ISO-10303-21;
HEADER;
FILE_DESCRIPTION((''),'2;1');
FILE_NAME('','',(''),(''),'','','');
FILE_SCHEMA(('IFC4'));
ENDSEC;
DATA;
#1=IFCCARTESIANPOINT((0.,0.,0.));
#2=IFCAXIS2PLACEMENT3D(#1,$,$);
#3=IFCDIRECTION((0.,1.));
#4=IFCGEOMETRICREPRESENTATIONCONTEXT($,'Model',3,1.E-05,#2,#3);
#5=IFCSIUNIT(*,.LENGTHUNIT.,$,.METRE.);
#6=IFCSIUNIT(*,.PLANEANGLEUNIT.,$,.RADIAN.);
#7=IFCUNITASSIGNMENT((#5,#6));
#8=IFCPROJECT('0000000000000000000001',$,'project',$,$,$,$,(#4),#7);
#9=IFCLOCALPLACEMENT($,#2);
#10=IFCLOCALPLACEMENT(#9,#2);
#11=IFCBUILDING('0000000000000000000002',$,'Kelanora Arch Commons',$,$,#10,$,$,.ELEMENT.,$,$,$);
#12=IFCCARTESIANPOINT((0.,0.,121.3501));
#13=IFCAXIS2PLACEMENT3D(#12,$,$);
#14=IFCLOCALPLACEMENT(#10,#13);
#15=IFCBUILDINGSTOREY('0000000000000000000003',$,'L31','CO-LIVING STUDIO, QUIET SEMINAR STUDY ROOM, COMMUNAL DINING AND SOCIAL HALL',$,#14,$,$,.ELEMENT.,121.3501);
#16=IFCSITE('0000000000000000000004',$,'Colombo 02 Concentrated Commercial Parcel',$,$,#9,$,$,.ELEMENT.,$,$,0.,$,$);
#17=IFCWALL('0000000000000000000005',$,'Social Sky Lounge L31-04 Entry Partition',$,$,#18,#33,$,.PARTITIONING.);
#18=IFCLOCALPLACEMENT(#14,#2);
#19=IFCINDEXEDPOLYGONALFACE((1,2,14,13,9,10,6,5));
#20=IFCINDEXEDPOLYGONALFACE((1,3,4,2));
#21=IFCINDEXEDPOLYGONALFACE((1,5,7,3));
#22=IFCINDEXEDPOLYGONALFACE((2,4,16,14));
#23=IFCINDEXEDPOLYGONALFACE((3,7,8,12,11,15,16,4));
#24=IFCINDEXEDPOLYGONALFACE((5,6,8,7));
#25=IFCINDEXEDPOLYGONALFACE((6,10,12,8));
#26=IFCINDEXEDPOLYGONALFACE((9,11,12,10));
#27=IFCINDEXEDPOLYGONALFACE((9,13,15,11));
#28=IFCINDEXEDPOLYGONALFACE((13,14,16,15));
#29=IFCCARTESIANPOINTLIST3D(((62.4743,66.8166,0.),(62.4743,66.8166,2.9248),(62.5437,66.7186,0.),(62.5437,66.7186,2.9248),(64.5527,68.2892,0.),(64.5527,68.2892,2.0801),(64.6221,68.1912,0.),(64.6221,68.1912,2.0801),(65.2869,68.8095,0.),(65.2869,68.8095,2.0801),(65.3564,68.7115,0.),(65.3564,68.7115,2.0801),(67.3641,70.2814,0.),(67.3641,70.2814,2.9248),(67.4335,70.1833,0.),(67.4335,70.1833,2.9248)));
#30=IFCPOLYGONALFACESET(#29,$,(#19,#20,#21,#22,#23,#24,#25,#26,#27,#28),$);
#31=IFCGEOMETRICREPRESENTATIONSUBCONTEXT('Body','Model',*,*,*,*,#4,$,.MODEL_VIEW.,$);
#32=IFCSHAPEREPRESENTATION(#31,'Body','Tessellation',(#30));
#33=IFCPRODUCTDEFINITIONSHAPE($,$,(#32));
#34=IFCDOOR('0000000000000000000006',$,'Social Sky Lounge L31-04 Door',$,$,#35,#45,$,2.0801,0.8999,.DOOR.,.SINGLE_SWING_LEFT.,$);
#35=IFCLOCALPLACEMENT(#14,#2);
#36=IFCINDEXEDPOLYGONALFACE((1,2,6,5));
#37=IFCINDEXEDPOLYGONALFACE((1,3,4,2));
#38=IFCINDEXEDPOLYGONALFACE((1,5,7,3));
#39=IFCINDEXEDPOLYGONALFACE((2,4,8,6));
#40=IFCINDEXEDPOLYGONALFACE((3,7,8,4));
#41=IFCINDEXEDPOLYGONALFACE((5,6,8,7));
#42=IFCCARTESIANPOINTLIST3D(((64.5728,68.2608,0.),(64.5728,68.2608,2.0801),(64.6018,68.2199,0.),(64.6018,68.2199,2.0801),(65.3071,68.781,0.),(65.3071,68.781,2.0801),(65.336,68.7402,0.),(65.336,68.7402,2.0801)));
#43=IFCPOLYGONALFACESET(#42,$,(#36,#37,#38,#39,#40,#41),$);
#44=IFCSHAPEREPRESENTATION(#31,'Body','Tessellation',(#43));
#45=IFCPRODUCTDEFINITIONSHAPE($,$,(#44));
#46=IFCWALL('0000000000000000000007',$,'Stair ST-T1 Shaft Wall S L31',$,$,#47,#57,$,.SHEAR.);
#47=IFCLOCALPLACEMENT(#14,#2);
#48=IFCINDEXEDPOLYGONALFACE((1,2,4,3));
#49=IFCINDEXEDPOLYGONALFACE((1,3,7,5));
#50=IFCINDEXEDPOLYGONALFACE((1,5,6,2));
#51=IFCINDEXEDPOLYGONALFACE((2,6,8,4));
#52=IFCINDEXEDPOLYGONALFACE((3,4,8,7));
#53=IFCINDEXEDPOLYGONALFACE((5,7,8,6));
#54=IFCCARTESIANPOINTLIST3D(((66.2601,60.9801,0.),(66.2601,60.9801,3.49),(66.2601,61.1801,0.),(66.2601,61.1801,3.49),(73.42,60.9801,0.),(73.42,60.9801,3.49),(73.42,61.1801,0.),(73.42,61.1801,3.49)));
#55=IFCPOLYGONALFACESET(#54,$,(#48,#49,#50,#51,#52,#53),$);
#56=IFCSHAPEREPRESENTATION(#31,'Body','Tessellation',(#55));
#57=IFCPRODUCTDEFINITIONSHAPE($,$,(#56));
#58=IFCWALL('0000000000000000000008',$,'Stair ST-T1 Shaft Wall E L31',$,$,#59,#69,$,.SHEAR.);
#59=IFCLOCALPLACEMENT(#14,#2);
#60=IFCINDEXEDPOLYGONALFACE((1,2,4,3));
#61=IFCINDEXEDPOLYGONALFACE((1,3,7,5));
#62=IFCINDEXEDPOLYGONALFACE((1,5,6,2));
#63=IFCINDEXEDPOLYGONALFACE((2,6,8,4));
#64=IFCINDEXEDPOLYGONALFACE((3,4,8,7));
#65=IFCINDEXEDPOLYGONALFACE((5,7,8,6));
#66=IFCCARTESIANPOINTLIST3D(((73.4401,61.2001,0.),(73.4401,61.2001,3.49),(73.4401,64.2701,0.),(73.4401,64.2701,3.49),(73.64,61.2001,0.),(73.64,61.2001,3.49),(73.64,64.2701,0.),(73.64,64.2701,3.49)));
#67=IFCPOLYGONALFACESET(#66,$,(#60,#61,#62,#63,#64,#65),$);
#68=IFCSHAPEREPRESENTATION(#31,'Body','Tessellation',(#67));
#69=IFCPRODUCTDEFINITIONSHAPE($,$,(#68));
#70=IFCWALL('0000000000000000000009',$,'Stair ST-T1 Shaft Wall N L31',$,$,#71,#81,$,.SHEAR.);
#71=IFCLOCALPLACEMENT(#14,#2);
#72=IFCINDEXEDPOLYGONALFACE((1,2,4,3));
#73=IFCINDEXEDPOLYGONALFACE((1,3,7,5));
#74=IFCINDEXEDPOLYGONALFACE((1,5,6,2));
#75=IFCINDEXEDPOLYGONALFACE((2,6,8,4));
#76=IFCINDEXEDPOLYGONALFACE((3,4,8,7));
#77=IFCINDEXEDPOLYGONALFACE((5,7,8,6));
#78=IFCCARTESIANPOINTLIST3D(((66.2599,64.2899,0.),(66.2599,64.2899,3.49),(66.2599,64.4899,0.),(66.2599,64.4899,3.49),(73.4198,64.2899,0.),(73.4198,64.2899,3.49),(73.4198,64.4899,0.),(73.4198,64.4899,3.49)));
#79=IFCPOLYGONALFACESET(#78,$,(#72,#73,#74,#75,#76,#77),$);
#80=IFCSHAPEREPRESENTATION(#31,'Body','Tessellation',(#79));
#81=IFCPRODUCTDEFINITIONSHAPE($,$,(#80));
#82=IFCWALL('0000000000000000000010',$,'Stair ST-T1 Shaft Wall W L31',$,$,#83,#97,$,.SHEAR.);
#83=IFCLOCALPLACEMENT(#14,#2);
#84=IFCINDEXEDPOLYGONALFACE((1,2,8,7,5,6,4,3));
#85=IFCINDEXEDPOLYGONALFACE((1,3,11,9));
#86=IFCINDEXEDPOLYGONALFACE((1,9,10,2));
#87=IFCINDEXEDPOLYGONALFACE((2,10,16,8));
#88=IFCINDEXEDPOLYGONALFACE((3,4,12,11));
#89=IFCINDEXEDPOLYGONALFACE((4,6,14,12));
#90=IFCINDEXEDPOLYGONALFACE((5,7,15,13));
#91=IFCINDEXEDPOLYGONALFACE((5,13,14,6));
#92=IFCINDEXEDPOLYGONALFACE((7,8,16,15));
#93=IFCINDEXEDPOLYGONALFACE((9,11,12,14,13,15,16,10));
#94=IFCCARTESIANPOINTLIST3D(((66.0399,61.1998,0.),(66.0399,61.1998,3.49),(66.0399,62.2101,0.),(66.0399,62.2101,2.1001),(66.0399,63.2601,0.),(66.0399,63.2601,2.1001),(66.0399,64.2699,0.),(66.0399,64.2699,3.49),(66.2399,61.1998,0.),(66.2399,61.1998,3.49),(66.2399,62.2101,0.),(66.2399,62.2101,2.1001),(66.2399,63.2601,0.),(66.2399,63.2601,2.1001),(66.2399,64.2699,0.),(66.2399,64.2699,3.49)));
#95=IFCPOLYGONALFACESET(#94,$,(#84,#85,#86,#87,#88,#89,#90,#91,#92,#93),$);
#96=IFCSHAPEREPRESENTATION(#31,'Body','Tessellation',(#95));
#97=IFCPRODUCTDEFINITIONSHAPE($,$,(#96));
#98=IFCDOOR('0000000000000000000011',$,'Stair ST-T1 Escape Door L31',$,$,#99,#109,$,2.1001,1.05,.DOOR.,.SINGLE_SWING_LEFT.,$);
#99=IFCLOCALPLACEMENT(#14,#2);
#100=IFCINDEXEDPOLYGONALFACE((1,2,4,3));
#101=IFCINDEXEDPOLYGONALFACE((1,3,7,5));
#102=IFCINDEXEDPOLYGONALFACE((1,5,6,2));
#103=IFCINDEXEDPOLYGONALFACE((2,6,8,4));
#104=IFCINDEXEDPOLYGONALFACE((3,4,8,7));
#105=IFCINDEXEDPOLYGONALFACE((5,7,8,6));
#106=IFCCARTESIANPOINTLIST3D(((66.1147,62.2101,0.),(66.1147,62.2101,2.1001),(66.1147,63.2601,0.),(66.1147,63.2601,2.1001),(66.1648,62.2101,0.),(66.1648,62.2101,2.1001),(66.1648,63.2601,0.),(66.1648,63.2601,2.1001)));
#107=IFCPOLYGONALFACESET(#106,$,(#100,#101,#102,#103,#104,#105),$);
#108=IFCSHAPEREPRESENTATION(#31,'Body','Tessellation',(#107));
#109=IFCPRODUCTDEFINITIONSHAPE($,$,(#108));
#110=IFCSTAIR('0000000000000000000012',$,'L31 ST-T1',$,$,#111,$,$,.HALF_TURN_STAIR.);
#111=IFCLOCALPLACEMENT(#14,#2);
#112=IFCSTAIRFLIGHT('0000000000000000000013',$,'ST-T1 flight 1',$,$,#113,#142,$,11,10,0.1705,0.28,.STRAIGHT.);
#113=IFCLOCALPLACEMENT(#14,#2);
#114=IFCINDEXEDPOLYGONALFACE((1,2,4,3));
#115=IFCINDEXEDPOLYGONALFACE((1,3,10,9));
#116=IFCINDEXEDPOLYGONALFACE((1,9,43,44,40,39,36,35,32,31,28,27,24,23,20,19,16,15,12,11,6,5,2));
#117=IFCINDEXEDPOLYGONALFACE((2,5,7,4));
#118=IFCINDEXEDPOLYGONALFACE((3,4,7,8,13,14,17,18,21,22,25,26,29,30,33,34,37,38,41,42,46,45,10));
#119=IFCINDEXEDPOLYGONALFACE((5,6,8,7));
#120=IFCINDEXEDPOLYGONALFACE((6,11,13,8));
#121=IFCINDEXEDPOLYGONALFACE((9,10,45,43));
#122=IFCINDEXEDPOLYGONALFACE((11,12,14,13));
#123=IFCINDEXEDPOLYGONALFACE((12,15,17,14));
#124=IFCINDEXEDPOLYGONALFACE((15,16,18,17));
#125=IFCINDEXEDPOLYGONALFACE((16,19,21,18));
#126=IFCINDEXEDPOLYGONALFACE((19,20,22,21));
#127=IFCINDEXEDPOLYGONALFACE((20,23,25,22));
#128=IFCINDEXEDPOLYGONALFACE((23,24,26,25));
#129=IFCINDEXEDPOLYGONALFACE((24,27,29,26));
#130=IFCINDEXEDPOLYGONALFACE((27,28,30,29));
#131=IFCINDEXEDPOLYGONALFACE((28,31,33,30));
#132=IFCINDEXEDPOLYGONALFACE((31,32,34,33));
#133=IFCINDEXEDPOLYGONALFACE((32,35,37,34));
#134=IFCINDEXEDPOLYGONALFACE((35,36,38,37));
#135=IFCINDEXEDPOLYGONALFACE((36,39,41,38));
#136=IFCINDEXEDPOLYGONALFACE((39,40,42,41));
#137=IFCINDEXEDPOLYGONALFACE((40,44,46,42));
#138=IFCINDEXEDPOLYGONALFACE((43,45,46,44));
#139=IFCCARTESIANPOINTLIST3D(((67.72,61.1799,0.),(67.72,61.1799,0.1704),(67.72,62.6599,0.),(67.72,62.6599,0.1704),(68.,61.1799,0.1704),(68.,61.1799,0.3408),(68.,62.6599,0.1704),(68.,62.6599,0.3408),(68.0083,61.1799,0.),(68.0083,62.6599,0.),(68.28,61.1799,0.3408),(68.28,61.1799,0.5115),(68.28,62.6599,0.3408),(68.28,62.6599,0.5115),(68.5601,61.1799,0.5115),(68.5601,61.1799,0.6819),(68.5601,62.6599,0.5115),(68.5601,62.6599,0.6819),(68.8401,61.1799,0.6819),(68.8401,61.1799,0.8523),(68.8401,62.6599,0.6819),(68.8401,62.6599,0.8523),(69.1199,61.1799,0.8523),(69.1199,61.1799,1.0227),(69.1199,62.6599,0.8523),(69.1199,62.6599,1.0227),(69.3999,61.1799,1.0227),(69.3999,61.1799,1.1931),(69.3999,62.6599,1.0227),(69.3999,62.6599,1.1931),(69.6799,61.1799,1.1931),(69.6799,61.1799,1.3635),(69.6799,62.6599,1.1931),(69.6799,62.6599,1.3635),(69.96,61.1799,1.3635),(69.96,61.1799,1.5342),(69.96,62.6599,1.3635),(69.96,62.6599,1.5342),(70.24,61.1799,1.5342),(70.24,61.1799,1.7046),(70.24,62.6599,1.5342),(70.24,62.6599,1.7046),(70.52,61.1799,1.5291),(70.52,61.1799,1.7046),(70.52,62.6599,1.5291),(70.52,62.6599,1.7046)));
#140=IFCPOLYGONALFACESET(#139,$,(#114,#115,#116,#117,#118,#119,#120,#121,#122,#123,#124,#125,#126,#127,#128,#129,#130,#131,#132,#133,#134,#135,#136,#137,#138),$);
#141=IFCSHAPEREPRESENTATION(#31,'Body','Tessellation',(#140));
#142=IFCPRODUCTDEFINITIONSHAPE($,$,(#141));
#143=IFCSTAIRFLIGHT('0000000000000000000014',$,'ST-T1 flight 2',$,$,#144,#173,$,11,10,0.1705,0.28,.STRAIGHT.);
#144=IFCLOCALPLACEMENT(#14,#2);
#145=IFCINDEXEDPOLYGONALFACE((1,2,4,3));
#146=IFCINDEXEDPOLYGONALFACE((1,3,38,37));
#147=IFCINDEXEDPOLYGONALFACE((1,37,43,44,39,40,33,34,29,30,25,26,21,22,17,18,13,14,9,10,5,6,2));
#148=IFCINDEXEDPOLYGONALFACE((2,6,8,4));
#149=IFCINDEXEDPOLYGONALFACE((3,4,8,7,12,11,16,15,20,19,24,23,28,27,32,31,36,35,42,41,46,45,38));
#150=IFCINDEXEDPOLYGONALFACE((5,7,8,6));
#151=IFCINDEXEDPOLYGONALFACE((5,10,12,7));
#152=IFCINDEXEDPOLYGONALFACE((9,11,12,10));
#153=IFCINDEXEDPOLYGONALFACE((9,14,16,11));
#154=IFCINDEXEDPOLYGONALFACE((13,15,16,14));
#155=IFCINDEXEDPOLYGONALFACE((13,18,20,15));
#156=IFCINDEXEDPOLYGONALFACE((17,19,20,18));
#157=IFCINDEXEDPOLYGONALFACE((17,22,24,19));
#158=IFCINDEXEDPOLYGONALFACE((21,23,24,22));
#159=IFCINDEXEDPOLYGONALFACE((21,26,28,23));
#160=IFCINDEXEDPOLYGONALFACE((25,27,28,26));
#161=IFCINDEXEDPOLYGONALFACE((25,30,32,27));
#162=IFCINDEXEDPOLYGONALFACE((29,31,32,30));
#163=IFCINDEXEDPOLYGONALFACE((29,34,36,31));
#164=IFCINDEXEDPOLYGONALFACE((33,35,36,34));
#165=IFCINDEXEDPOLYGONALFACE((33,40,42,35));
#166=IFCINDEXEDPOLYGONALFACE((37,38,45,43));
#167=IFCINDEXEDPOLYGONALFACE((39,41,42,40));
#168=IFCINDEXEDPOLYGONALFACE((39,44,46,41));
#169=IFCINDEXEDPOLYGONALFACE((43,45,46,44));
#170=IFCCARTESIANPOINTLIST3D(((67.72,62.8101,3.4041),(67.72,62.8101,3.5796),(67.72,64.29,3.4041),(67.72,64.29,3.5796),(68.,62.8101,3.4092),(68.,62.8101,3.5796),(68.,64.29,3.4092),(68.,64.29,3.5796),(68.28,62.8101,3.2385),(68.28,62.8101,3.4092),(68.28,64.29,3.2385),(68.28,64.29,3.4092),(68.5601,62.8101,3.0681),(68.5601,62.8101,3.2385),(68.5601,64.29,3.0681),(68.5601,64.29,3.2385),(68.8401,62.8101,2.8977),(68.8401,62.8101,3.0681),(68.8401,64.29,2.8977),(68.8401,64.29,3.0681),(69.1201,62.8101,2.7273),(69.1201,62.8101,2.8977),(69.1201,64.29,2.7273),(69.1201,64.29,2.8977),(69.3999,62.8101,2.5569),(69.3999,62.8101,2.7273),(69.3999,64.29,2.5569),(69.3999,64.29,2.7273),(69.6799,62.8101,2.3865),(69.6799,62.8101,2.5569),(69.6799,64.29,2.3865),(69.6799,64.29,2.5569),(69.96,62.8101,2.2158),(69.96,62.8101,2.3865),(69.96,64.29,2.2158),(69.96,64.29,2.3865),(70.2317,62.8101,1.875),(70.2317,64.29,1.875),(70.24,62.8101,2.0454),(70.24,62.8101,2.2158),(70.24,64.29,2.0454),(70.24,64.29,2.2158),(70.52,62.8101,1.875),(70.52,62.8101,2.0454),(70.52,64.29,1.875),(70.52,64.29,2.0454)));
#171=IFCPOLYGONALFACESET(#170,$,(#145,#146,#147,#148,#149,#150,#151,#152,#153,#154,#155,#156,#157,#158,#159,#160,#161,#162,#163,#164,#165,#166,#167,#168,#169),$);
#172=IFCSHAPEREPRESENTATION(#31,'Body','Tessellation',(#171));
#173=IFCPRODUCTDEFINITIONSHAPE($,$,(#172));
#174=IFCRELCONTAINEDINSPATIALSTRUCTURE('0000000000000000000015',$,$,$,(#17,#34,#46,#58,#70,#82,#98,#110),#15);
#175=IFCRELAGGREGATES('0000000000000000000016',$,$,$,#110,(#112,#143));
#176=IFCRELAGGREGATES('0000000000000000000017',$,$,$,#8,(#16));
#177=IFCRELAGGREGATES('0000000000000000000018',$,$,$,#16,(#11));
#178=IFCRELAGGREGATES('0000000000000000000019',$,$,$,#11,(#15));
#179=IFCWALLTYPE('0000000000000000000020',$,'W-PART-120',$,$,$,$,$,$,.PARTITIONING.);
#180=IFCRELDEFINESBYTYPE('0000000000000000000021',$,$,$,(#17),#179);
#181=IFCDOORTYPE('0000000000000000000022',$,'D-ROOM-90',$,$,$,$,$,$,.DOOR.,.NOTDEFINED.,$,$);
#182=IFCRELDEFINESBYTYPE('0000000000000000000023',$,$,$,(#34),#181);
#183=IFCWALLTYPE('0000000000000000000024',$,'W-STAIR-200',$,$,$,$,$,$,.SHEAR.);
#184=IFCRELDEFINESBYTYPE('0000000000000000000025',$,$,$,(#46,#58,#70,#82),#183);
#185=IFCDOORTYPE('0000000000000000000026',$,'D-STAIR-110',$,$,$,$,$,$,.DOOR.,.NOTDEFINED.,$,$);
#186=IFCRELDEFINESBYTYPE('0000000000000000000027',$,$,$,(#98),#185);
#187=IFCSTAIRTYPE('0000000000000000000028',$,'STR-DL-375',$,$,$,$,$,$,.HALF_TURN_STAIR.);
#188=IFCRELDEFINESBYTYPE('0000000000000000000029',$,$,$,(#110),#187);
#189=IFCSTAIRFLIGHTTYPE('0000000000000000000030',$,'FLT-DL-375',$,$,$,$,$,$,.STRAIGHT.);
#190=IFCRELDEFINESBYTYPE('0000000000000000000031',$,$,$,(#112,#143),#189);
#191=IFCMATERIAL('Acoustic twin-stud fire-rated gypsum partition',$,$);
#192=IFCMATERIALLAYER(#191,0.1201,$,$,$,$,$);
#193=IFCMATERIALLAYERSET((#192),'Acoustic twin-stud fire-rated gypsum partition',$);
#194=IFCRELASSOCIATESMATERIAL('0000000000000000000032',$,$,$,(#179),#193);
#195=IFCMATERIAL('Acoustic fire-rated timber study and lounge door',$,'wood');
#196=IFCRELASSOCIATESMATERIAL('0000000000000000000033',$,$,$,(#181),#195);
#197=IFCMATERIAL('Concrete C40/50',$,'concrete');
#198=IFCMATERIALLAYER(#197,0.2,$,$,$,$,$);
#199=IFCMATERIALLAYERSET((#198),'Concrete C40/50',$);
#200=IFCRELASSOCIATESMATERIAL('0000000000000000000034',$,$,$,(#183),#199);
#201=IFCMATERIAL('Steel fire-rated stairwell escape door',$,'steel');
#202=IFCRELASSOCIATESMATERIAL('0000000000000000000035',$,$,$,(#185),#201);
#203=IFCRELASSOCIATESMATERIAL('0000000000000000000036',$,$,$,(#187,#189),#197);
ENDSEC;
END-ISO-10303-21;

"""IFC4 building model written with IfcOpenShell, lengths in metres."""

from ifc_helpers import new_model, si_unit, direction, frame, frame_2d, origin, place, context, subcontext, project, spatial, polyline, rectangle, outline, extrude, material, layer, layer_set, type_object, element, fill, aggregate, save


model = new_model("IFC4")

# Units and contexts
model_context = context("Model", 3, precision=1e-05, world=origin(), true_north=direction((0.0, 1.0)))
body_context = subcontext(model_context, "Body", "Model", "MODEL_VIEW")
ifc_project = project(units=[si_unit("LENGTHUNIT", "METRE"), si_unit("PLANEANGLEUNIT", "RADIAN")], contexts=[model_context])

# Site, building, storey
site_placement = place(None, origin())
site = spatial("IfcSite", under=ifc_project, at=site_placement, Name="Colombo 02 Concentrated Commercial Parcel", CompositionType="ELEMENT", RefElevation=0.0)
building_placement = place(site_placement, origin())
building = spatial("IfcBuilding", under=site, at=building_placement, Name="Kelanora Arch Commons", CompositionType="ELEMENT")
storey_placement = place(building_placement, frame((0.0, 0.0, 121.3501)))
storey = spatial("IfcBuildingStorey", under=building, at=storey_placement, Name="L31", Description="CO-LIVING STUDIO, QUIET SEMINAR STUDY ROOM, COMMUNAL DINING AND SOCIAL HALL", CompositionType="ELEMENT", Elevation=121.3501)

# Shared definitions
ifc_material_1 = material(Name="Concrete C40/50", Category="concrete")

# Wall, opening, door
ifc_material_2 = material(Name="Acoustic twin-stud fire-rated gypsum partition")
ifc_layer_1 = layer(ifc_material_2, 0.1201)
ifc_layer_set_1 = layer_set([ifc_layer_1], Name="Acoustic twin-stud fire-rated gypsum partition")
wall_type_1 = type_object("IfcWallType", Name="W-PART-120", PredefinedType="PARTITIONING", material=ifc_layer_set_1)
wall_1_placement = place(storey_placement, frame((67.3989, 70.2324, 0.0), z_axis=(0.0, 0.0, 1.0), x_axis=(-0.815932, -0.578147, 0.0)))
wall_1 = element("IfcWall", 1, at=wall_1_placement, inside=storey, type_object=wall_type_1, Name="Social Sky Lounge L31-04 Entry Partition", PredefinedType="PARTITIONING", context=body_context, shape_type="SweptSolid", body=[
    extrude(rectangle(XDim=5.9929, YDim=0.1201, at=frame_2d((2.9966, 0.0))), origin(), (0.0, 0.0, 1.0), 2.9248),
])
opening_1_placement = place(wall_1_placement, frame((2.5459, 0.0, 0.0)))
opening_1 = element("IfcOpeningElement", 2, at=opening_1_placement, cuts=wall_1, PredefinedType="OPENING", context=body_context, shape_type="SweptSolid", body=[
    extrude(rectangle(XDim=0.8999, YDim=2.0801, at=frame_2d((0.45, 1.04))), frame((0.0, 0.0701, 0.0), z_axis=(0.0, -1.0, 0.0), x_axis=(1.0, 0.0, 0.0)), (0.0, 0.0, 1.0), 0.1401),
])
ifc_material_3 = material(Name="Acoustic fire-rated timber study and lounge door", Category="wood")
door_type_1 = type_object("IfcDoorType", Name="D-ROOM-90", OperationType="NOTDEFINED", PredefinedType="DOOR", material=ifc_material_3)
door_1_placement = place(opening_1_placement, origin())
door_1 = element("IfcDoor", 3, at=door_1_placement, inside=storey, type_object=door_type_1, Name="Social Sky Lounge L31-04 Door", OperationType="SINGLE_SWING_LEFT", OverallHeight=2.0801, OverallWidth=0.8999, PredefinedType="DOOR", context=body_context, shape_type="SweptSolid", body=[
    extrude(rectangle(XDim=0.8999, YDim=2.0801, at=frame_2d((0.45, 1.04))), frame((0.0, 0.0249, 0.0), z_axis=(0.0, -1.0, 0.0), x_axis=(1.0, 0.0, 0.0)), (0.0, 0.0, 1.0), 0.05),
])
fill(opening_1, door_1)

# Walls
ifc_layer_2 = layer(ifc_material_1, 0.2)
ifc_layer_set_2 = layer_set([ifc_layer_2], Name="Concrete C40/50")
wall_type_2 = type_object("IfcWallType", Name="W-STAIR-200", PredefinedType="SHEAR", material=ifc_layer_set_2)
wall_2_placement = place(storey_placement, frame((66.26, 61.0801, 0.0), z_axis=(0.0, 0.0, 1.0), x_axis=(1.0, 0.0, 0.0)))
element("IfcWall", 4, at=wall_2_placement, inside=storey, type_object=wall_type_2, Name="Stair ST-T1 Shaft Wall S L31", PredefinedType="SHEAR", context=body_context, shape_type="SweptSolid", body=[
    extrude(rectangle(XDim=7.1599, YDim=0.2, at=frame_2d((3.5801, 0.0))), origin(), (0.0, 0.0, 1.0), 3.49),
])
wall_3_placement = place(storey_placement, frame((73.54, 61.2, 0.0), z_axis=(0.0, 0.0, 1.0), x_axis=(0.0, 1.0, 0.0)))
element("IfcWall", 5, at=wall_3_placement, inside=storey, type_object=wall_type_2, Name="Stair ST-T1 Shaft Wall E L31", PredefinedType="SHEAR", context=body_context, shape_type="SweptSolid", body=[
    extrude(rectangle(XDim=3.0701, YDim=0.2, at=frame_2d((1.5352, 0.0))), origin(), (0.0, 0.0, 1.0), 3.49),
])
wall_4_placement = place(storey_placement, frame((73.4199, 64.3899, 0.0), z_axis=(0.0, 0.0, 1.0), x_axis=(-1.0, 0.0, 0.0)))
element("IfcWall", 6, at=wall_4_placement, inside=storey, type_object=wall_type_2, Name="Stair ST-T1 Shaft Wall N L31", PredefinedType="SHEAR", context=body_context, shape_type="SweptSolid", body=[
    extrude(rectangle(XDim=7.1599, YDim=0.2, at=frame_2d((3.5801, 0.0))), origin(), (0.0, 0.0, 1.0), 3.49),
])

# Wall, opening, door
wall_5_placement = place(storey_placement, frame((66.1399, 64.27, 0.0), z_axis=(0.0, 0.0, 1.0), x_axis=(0.0, -1.0, 0.0)))
wall_5 = element("IfcWall", 7, at=wall_5_placement, inside=storey, type_object=wall_type_2, Name="Stair ST-T1 Shaft Wall W L31", PredefinedType="SHEAR", context=body_context, shape_type="SweptSolid", body=[
    extrude(rectangle(XDim=3.0701, YDim=0.2, at=frame_2d((1.5352, 0.0))), origin(), (0.0, 0.0, 1.0), 3.49),
])
opening_2_placement = place(wall_5_placement, frame((1.01, 0.0, 0.0)))
opening_2 = element("IfcOpeningElement", 8, at=opening_2_placement, cuts=wall_5, PredefinedType="OPENING", context=body_context, shape_type="SweptSolid", body=[
    extrude(rectangle(XDim=1.05, YDim=2.1001, at=frame_2d((0.5249, 1.05))), frame((0.0, 0.1099, 0.0), z_axis=(0.0, -1.0, 0.0), x_axis=(1.0, 0.0, 0.0)), (0.0, 0.0, 1.0), 0.22),
])
ifc_material_4 = material(Name="Steel fire-rated stairwell escape door", Category="steel")
door_type_2 = type_object("IfcDoorType", Name="D-STAIR-110", OperationType="NOTDEFINED", PredefinedType="DOOR", material=ifc_material_4)
door_2_placement = place(opening_2_placement, origin())
door_2 = element("IfcDoor", 9, at=door_2_placement, inside=storey, type_object=door_type_2, Name="Stair ST-T1 Escape Door L31", OperationType="SINGLE_SWING_LEFT", OverallHeight=2.1001, OverallWidth=1.05, PredefinedType="DOOR", context=body_context, shape_type="SweptSolid", body=[
    extrude(rectangle(XDim=1.05, YDim=2.1001, at=frame_2d((0.5249, 1.05))), frame((0.0, 0.0249, 0.0), z_axis=(0.0, -1.0, 0.0), x_axis=(1.0, 0.0, 0.0)), (0.0, 0.0, 1.0), 0.05),
])
fill(opening_2, door_2)

# Stair, stair flights
stair_type = type_object("IfcStairType", Name="STR-DL-375", PredefinedType="HALF_TURN_STAIR", material=ifc_material_1)
stair_placement = place(storey_placement, origin())
stair = element("IfcStair", 10, at=stair_placement, inside=storey, type_object=stair_type, Name="L31 ST-T1", PredefinedType="HALF_TURN_STAIR")
stair_flight_type = type_object("IfcStairFlightType", Name="FLT-DL-375", PredefinedType="STRAIGHT", material=ifc_material_1)
stair_flight_1_placement = place(storey_placement, frame((67.72, 61.9199, 0.0), z_axis=(0.0, 0.0, 1.0), x_axis=(1.0, 0.0, 0.0)))
stair_flight_1 = element("IfcStairFlight", 11, at=stair_flight_1_placement, type_object=stair_flight_type, Name="ST-T1 flight 1", NumberOfRisers=11, NumberOfTreads=10, PredefinedType="STRAIGHT", RiserHeight=0.1705, TreadLength=0.28, context=body_context, shape_type="SweptSolid", body=[
    extrude(outline(polyline([(0.0, 0.0), (0.0, 0.1704), (0.28, 0.1704), (0.28, 0.3408), (0.5601, 0.3408), (0.5601, 0.5115), (0.8401, 0.5115), (0.8401, 0.6819), (1.1201, 0.6819), (1.1201, 0.8523), (1.3999, 0.8523), (1.3999, 1.0227), (1.6799, 1.0227), (1.6799, 1.1931), (1.96, 1.1931), (1.96, 1.3635), (2.24, 1.3635), (2.24, 1.5342), (2.52, 1.5342), (2.52, 1.7046), (2.8, 1.7046), (2.8, 1.875), (2.8, 1.5291), (0.2883, 0.0), (0.0, 0.0)])), frame((0.0, 0.74, 0.0), z_axis=(0.0, -1.0, 0.0), x_axis=(1.0, 0.0, 0.0)), (0.0, 0.0, 1.0), 1.48),
])
stair_flight_2_placement = place(storey_placement, frame((70.52, 63.55, 1.875), z_axis=(0.0, 0.0, 1.0), x_axis=(-1.0, 0.0, 0.0)))
stair_flight_2 = element("IfcStairFlight", 12, at=stair_flight_2_placement, type_object=stair_flight_type, Name="ST-T1 flight 2", NumberOfRisers=11, NumberOfTreads=10, PredefinedType="STRAIGHT", RiserHeight=0.1705, TreadLength=0.28, context=body_context, shape_type="SweptSolid", body=[
    extrude(outline(polyline([(0.0, 0.0), (0.0, 0.1704), (0.28, 0.1704), (0.28, 0.3408), (0.5601, 0.3408), (0.5601, 0.5115), (0.8401, 0.5115), (0.8401, 0.6819), (1.1201, 0.6819), (1.1201, 0.8523), (1.3999, 0.8523), (1.3999, 1.0227), (1.6799, 1.0227), (1.6799, 1.1931), (1.96, 1.1931), (1.96, 1.3635), (2.24, 1.3635), (2.24, 1.5342), (2.52, 1.5342), (2.52, 1.7046), (2.8, 1.7046), (2.8, 1.875), (2.8, 1.5291), (0.2883, 0.0), (0.0, 0.0)])), frame((0.0, 0.74, 0.0), z_axis=(0.0, -1.0, 0.0), x_axis=(1.0, 0.0, 0.0)), (0.0, 0.0, 1.0), 1.48),
])
aggregate(stair, [stair_flight_1, stair_flight_2])

save(model, "model.ifc")
